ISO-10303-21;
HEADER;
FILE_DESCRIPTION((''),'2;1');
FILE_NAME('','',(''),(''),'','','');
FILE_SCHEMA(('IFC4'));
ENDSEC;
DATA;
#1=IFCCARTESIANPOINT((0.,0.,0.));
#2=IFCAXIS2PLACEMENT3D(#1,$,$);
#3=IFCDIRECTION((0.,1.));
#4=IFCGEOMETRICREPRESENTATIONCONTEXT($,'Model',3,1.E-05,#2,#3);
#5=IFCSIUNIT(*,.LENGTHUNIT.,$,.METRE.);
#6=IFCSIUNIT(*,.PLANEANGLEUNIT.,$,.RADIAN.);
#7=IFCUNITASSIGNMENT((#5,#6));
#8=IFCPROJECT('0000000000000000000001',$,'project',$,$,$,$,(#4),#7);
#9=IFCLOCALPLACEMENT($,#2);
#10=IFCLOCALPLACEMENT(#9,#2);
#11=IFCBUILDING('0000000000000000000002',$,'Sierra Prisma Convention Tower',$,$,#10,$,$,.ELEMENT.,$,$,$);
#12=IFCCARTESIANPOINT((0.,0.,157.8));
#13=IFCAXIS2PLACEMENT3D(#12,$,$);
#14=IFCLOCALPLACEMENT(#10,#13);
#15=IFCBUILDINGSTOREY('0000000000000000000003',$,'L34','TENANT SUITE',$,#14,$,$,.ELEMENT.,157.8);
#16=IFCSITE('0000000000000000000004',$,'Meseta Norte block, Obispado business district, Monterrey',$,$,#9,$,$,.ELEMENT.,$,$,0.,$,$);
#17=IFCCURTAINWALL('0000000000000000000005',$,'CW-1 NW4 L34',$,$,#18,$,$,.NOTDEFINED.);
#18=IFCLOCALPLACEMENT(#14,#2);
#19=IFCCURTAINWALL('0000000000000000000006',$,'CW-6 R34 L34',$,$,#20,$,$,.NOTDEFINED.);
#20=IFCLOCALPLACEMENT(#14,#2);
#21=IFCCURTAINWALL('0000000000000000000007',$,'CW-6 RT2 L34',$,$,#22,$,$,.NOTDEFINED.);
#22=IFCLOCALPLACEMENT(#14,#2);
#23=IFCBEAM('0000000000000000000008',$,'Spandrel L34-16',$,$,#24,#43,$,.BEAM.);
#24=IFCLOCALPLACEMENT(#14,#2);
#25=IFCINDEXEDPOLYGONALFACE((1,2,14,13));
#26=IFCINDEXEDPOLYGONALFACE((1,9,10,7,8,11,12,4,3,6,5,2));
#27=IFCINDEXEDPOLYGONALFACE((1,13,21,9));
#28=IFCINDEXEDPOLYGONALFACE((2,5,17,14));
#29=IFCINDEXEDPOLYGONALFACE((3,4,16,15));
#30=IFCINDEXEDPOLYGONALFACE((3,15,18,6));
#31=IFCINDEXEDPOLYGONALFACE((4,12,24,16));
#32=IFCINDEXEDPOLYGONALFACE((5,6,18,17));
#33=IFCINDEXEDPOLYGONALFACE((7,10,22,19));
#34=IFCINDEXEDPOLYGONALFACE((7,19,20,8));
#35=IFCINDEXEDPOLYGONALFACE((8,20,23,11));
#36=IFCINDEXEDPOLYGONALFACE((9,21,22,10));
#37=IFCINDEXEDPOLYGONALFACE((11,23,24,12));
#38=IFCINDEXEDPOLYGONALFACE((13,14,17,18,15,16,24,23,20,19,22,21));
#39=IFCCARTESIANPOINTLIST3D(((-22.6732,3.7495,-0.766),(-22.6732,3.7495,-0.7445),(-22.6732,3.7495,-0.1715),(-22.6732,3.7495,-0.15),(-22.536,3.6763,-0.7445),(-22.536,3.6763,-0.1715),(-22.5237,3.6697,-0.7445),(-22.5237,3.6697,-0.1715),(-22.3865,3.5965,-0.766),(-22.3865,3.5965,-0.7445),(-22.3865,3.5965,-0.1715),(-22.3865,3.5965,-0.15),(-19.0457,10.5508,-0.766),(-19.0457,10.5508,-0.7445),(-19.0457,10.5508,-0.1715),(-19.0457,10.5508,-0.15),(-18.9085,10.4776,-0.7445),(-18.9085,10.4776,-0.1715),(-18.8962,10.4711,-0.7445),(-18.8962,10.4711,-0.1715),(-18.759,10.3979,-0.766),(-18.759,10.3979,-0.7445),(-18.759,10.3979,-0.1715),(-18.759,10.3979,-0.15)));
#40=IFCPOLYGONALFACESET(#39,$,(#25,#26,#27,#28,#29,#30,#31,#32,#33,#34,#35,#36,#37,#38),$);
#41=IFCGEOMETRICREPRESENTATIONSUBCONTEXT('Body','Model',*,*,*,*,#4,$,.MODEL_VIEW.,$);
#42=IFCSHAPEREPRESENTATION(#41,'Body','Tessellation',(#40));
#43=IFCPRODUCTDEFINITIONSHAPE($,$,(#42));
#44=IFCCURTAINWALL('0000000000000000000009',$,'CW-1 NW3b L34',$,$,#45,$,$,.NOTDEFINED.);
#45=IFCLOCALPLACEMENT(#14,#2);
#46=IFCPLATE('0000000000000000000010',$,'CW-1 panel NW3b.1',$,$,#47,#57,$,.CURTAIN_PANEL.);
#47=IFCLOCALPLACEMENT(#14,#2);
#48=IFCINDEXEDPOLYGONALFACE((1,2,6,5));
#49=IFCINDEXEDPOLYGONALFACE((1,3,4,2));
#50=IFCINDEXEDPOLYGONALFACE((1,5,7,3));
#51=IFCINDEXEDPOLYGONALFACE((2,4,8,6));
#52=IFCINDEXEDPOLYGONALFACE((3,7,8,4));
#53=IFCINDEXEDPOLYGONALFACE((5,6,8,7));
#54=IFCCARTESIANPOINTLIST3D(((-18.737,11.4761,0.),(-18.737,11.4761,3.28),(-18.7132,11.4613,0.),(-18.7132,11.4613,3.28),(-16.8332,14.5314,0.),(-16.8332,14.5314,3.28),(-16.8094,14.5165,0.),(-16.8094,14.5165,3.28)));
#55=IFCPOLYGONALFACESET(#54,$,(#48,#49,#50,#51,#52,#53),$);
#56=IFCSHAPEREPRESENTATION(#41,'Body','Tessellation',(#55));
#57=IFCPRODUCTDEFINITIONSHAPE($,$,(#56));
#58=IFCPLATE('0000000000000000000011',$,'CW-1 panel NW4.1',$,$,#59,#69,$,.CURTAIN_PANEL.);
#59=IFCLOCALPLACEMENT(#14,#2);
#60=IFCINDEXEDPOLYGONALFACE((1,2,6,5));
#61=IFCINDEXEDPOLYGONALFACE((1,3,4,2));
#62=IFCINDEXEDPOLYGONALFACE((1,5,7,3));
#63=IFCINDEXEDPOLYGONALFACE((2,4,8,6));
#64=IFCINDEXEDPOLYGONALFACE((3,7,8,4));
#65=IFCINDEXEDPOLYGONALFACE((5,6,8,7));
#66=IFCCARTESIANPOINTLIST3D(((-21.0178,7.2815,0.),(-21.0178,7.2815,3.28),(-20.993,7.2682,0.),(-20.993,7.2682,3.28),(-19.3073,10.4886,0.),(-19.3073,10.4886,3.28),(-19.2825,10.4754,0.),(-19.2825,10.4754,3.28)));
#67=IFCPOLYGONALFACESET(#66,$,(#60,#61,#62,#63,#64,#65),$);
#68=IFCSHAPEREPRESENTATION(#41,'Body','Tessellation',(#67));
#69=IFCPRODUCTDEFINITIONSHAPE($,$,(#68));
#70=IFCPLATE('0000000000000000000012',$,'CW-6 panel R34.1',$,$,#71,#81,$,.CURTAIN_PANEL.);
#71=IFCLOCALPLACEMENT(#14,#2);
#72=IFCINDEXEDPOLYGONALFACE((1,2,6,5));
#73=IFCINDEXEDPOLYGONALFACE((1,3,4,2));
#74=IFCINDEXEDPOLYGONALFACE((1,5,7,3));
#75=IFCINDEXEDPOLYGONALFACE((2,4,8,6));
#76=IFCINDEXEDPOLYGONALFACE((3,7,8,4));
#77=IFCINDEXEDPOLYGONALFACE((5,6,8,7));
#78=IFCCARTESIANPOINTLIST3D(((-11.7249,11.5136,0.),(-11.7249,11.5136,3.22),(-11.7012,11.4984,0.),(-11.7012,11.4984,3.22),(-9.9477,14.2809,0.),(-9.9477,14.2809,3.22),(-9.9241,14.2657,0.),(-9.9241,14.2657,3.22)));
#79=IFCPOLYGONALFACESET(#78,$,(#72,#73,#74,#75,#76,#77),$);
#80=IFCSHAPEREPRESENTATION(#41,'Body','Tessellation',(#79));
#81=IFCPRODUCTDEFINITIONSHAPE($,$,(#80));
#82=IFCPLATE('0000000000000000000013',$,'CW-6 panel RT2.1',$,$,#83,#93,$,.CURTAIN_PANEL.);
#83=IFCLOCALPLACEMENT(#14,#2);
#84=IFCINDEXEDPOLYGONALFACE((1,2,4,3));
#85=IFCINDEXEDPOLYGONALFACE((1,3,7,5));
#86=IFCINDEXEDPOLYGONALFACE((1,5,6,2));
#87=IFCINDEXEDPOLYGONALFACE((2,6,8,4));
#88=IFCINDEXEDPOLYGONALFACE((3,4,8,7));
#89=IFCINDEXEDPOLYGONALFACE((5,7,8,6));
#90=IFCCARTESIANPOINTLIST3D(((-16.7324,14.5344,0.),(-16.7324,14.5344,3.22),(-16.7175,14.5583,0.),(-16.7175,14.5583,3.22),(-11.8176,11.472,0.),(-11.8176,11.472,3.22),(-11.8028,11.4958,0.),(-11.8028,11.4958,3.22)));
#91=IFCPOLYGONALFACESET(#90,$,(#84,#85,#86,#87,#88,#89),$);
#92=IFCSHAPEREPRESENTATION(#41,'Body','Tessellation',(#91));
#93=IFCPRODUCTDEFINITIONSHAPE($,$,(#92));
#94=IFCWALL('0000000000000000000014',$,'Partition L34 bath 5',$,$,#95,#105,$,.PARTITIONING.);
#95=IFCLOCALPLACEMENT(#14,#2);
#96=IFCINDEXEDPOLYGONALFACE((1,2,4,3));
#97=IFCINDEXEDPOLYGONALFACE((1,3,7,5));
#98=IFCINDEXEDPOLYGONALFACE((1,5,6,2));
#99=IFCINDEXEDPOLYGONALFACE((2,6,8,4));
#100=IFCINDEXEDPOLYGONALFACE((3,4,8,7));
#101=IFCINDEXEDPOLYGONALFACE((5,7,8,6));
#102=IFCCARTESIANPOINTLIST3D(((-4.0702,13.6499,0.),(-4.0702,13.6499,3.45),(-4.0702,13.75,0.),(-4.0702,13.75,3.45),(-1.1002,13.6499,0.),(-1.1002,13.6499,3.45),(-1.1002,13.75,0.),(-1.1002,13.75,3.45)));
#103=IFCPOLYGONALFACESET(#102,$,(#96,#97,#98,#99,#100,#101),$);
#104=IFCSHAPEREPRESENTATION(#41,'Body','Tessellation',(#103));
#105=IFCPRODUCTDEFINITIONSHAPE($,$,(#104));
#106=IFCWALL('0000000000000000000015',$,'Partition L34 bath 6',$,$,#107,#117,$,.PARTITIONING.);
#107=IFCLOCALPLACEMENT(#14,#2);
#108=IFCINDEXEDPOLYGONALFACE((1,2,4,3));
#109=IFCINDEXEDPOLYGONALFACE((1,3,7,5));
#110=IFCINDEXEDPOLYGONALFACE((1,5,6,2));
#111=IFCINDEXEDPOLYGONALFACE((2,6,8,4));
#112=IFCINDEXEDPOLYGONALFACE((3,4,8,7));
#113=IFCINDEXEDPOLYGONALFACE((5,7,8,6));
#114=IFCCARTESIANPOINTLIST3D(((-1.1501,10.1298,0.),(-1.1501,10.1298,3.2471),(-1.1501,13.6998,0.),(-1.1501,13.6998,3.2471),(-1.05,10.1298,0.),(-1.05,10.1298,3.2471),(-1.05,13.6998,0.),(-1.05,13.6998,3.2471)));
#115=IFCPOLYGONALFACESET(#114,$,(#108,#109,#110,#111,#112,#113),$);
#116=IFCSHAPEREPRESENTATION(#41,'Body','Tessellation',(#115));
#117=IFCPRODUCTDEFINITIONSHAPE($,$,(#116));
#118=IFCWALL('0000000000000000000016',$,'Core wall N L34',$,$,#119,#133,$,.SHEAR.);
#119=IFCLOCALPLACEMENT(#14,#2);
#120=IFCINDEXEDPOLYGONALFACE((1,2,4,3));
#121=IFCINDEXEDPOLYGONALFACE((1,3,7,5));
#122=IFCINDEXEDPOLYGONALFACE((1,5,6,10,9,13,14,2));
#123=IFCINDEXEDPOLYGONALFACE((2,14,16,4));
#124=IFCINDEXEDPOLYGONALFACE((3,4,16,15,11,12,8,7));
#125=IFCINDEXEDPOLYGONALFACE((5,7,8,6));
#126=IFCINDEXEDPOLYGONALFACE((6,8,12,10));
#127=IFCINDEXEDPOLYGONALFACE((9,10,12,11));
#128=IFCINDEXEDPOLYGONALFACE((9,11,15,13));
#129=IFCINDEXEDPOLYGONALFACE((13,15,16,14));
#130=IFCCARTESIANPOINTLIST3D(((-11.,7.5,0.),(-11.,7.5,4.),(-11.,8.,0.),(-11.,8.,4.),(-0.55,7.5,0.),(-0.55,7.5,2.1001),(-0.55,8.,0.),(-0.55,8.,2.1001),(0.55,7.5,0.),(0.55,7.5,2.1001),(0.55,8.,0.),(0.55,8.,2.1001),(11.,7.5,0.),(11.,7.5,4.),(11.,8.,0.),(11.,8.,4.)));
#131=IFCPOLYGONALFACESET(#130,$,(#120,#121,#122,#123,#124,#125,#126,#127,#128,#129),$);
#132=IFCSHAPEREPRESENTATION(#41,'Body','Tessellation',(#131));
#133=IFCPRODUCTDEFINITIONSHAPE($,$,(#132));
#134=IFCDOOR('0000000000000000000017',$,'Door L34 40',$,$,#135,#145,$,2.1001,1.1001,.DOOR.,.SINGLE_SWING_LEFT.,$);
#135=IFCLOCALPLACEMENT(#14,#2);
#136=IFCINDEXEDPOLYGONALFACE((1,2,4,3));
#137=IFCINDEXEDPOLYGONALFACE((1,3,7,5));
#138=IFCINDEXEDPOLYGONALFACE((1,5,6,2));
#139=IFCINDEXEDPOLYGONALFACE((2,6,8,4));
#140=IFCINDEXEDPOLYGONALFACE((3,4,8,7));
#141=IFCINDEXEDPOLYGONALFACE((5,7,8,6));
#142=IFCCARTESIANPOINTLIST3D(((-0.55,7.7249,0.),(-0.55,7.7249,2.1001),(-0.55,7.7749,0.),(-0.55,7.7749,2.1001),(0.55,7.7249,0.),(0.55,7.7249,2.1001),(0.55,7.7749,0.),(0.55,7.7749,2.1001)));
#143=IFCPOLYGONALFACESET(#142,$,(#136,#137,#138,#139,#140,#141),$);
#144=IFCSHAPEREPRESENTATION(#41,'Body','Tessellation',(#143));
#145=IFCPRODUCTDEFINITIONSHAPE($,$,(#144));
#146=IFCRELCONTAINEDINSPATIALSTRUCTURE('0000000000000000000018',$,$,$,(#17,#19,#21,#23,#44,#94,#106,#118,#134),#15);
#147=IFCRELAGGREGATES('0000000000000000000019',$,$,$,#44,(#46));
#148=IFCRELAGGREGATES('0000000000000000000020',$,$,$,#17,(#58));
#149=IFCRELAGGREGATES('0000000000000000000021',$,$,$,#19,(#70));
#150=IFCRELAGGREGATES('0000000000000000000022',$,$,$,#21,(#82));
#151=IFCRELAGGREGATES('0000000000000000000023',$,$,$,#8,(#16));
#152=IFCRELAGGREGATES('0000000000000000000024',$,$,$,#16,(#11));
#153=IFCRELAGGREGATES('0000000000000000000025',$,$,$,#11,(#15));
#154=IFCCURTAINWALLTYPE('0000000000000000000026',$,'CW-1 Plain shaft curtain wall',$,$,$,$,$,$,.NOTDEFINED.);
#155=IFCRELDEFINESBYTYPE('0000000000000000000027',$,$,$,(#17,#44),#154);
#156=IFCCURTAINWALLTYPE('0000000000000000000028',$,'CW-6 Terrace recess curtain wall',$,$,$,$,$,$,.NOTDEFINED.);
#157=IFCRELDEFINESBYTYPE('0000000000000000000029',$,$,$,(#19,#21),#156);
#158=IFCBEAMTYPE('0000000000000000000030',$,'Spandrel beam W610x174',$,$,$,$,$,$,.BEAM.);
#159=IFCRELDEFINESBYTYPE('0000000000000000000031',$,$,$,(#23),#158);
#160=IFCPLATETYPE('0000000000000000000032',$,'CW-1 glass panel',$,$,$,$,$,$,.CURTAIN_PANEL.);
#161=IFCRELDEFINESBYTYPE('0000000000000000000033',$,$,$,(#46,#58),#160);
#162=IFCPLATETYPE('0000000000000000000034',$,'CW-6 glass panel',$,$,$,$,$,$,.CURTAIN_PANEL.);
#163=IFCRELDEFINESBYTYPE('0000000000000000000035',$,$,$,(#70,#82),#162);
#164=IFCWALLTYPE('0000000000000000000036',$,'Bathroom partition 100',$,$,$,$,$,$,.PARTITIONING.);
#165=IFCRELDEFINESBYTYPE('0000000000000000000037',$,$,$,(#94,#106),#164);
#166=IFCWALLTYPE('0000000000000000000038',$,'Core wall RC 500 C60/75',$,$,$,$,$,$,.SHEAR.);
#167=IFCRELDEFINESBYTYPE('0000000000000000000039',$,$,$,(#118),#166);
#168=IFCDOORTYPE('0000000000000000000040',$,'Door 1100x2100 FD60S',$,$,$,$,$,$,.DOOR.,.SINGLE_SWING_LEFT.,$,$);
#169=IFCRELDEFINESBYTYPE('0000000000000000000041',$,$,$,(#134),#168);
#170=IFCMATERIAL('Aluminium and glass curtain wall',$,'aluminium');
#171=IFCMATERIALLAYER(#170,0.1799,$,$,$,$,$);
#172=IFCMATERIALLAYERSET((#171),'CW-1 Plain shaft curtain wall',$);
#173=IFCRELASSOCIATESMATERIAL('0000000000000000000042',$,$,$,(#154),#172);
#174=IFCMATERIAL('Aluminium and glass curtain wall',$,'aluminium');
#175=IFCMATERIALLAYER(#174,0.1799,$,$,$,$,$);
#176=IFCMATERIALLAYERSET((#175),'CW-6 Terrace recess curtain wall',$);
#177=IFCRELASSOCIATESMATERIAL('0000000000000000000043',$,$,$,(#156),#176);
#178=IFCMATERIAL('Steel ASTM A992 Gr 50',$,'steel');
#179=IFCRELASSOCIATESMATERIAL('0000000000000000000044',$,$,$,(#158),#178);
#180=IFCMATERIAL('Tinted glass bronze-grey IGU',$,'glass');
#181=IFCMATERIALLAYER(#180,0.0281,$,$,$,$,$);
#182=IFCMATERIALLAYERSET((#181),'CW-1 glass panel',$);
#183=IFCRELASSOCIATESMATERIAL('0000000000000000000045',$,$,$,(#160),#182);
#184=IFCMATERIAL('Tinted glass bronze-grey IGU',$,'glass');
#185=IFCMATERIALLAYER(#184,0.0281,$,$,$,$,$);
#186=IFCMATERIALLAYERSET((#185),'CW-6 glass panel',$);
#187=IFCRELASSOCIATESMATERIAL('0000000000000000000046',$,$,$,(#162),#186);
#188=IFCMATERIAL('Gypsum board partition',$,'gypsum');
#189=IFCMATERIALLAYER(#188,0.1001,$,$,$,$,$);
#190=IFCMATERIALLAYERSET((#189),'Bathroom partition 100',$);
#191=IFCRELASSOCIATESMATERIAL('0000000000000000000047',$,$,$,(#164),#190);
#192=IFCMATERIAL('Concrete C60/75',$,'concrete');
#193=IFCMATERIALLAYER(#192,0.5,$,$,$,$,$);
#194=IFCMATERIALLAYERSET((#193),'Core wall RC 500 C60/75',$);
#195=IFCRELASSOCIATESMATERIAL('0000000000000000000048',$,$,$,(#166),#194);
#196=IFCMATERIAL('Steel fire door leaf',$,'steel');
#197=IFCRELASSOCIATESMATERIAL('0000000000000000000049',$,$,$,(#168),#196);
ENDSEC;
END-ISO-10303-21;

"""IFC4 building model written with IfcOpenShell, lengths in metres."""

from ifc_helpers import new_model, si_unit, direction, frame, frame_2d, origin, origin_2d, place, context, subcontext, project, spatial, rectangle, i_section, extrude, material, layer, layer_set, material_profile, profile_set, type_object, element, fill, aggregate, save


model = new_model("IFC4")

# Units and contexts
model_context = context("Model", 3, precision=1e-05, world=origin(), true_north=direction((0.0, 1.0)))
body_context = subcontext(model_context, "Body", "Model", "MODEL_VIEW")
ifc_project = project(units=[si_unit("LENGTHUNIT", "METRE"), si_unit("PLANEANGLEUNIT", "RADIAN")], contexts=[model_context])

# Site, building, storey
site_placement = place(None, origin())
site = spatial("IfcSite", under=ifc_project, at=site_placement, Name="Meseta Norte block, Obispado business district, Monterrey", CompositionType="ELEMENT", RefElevation=0.0)
building_placement = place(site_placement, origin())
building = spatial("IfcBuilding", under=site, at=building_placement, Name="Sierra Prisma Convention Tower", CompositionType="ELEMENT")
storey_placement = place(building_placement, frame((0.0, 0.0, 157.8)))
storey = spatial("IfcBuildingStorey", under=building, at=storey_placement, Name="L34", Description="TENANT SUITE", CompositionType="ELEMENT", Elevation=157.8)

# Curtain wall
ifc_material_1 = material(Name="Aluminium and glass curtain wall", Category="aluminium")
ifc_layer_1 = layer(ifc_material_1, 0.1799)
ifc_layer_set_1 = layer_set([ifc_layer_1], Name="CW-1 Plain shaft curtain wall")
curtain_wall_type_1 = type_object("IfcCurtainWallType", Name="CW-1 Plain shaft curtain wall", PredefinedType="NOTDEFINED", material=ifc_layer_set_1)
curtain_wall_1_placement = place(storey_placement, origin())
curtain_wall_1 = element("IfcCurtainWall", 1, at=curtain_wall_1_placement, inside=storey, type_object=curtain_wall_type_1, Name="CW-1 NW4 L34", PredefinedType="NOTDEFINED")

# Curtain wall
ifc_material_2 = material(Name="Aluminium and glass curtain wall", Category="aluminium")
ifc_layer_2 = layer(ifc_material_2, 0.1799)
ifc_layer_set_2 = layer_set([ifc_layer_2], Name="CW-6 Terrace recess curtain wall")
curtain_wall_type_2 = type_object("IfcCurtainWallType", Name="CW-6 Terrace recess curtain wall", PredefinedType="NOTDEFINED", material=ifc_layer_set_2)
curtain_wall_2_placement = place(storey_placement, origin())
curtain_wall_2 = element("IfcCurtainWall", 2, at=curtain_wall_2_placement, inside=storey, type_object=curtain_wall_type_2, Name="CW-6 R34 L34", PredefinedType="NOTDEFINED")

# Curtain wall
curtain_wall_3_placement = place(storey_placement, origin())
curtain_wall_3 = element("IfcCurtainWall", 3, at=curtain_wall_3_placement, inside=storey, type_object=curtain_wall_type_2, Name="CW-6 RT2 L34", PredefinedType="NOTDEFINED")

# Beam
ifc_material_3 = material(Name="Steel ASTM A992 Gr 50", Category="steel")
ifc_material_profile_1 = material_profile(ifc_material_3, i_section(OverallWidth=0.325, OverallDepth=0.616, WebThickness=0.0139, FlangeThickness=0.0215, at=origin_2d()), Name="W610x174")
ifc_profile_set_1 = profile_set([ifc_material_profile_1], Name="Steel ASTM A992 Gr 50")
beam_type_1 = type_object("IfcBeamType", Name="Spandrel beam W610x174", PredefinedType="BEAM", material=ifc_profile_set_1)
beam_1_placement = place(storey_placement, frame((-18.9023, 10.4744, -0.458), z_axis=(-0.470598, -0.882348, 0.0), x_axis=(0.882348, -0.470598, 0.0)))
element("IfcBeam", 4, at=beam_1_placement, inside=storey, type_object=beam_type_1, Name="Spandrel L34-16", PredefinedType="BEAM", context=body_context, shape_type="SweptSolid", body=[
    extrude(i_section(OverallWidth=0.325, OverallDepth=0.616, WebThickness=0.0139, FlangeThickness=0.0215, at=origin_2d()), origin(), (0.0, 0.0, 1.0), 7.7083),
])

# Curtain wall, plate
curtain_wall_4_placement = place(storey_placement, origin())
curtain_wall_4 = element("IfcCurtainWall", 5, at=curtain_wall_4_placement, inside=storey, type_object=curtain_wall_type_1, Name="CW-1 NW3b L34", PredefinedType="NOTDEFINED")
ifc_material_4 = material(Name="Tinted glass bronze-grey IGU", Category="glass")
ifc_layer_3 = layer(ifc_material_4, 0.0281)
ifc_layer_set_3 = layer_set([ifc_layer_3], Name="CW-1 glass panel")
plate_type_1 = type_object("IfcPlateType", Name="CW-1 glass panel", PredefinedType="CURTAIN_PANEL", material=ifc_layer_set_3)
plate_1_placement = place(storey_placement, frame((-17.7732, 12.9963, 0.0), z_axis=(0.0, 0.0, 1.0), x_axis=(-0.528847, -0.848717, 0.0)))
plate_1 = element("IfcPlate", 6, at=plate_1_placement, type_object=plate_type_1, Name="CW-1 panel NW3b.1", PredefinedType="CURTAIN_PANEL", context=body_context, shape_type="SweptSolid", body=[
    extrude(rectangle(XDim=3.5999, YDim=0.0281, at=origin_2d()), origin(), (0.0, 0.0, 1.0), 3.28),
])
aggregate(curtain_wall_4, [plate_1])

# Plates
plate_2_placement = place(storey_placement, frame((-20.1501, 8.8784, 0.0), z_axis=(0.0, 0.0, 1.0), x_axis=(-0.470588, -0.882353, 0.0)))
plate_2 = element("IfcPlate", 7, at=plate_2_placement, type_object=plate_type_1, Name="CW-1 panel NW4.1", PredefinedType="CURTAIN_PANEL", context=body_context, shape_type="SweptSolid", body=[
    extrude(rectangle(XDim=3.6348, YDim=0.0281, at=origin_2d()), origin(), (0.0, 0.0, 1.0), 3.28),
])
aggregate(curtain_wall_1, [plate_2])
ifc_material_5 = material(Name="Tinted glass bronze-grey IGU", Category="glass")
ifc_layer_4 = layer(ifc_material_5, 0.0281)
ifc_layer_set_4 = layer_set([ifc_layer_4], Name="CW-6 glass panel")
plate_type_2 = type_object("IfcPlateType", Name="CW-6 glass panel", PredefinedType="CURTAIN_PANEL", material=ifc_layer_set_4)
plate_3_placement = place(storey_placement, frame((-10.8245, 12.8896, 0.0), z_axis=(0.0, 0.0, 1.0), x_axis=(-0.540365, -0.841431, 0.0)))
plate_3 = element("IfcPlate", 8, at=plate_3_placement, type_object=plate_type_2, Name="CW-6 panel R34.1", PredefinedType="CURTAIN_PANEL", context=body_context, shape_type="SweptSolid", body=[
    extrude(rectangle(XDim=3.2888, YDim=0.0281, at=origin_2d()), origin(), (0.0, 0.0, 1.0), 3.22),
])
aggregate(curtain_wall_2, [plate_3])
plate_4_placement = place(storey_placement, frame((-14.2676, 13.0151, 0.0), z_axis=(0.0, 0.0, 1.0), x_axis=(-0.848717, 0.528847, 0.0)))
plate_4 = element("IfcPlate", 9, at=plate_4_placement, type_object=plate_type_2, Name="CW-6 panel RT2.1", PredefinedType="CURTAIN_PANEL", context=body_context, shape_type="SweptSolid", body=[
    extrude(rectangle(XDim=5.7908, YDim=0.0281, at=origin_2d()), origin(), (0.0, 0.0, 1.0), 3.22),
])
aggregate(curtain_wall_3, [plate_4])

# Walls
ifc_material_6 = material(Name="Gypsum board partition", Category="gypsum")
ifc_layer_5 = layer(ifc_material_6, 0.1001)
ifc_layer_set_5 = layer_set([ifc_layer_5], Name="Bathroom partition 100")
wall_type_1 = type_object("IfcWallType", Name="Bathroom partition 100", PredefinedType="PARTITIONING", material=ifc_layer_set_5)
wall_1_placement = place(storey_placement, frame((-4.0701, 13.7, 0.0), z_axis=(0.0, 0.0, 1.0), x_axis=(1.0, 0.0, 0.0)))
element("IfcWall", 10, at=wall_1_placement, inside=storey, type_object=wall_type_1, Name="Partition L34 bath 5", PredefinedType="PARTITIONING", context=body_context, shape_type="SweptSolid", body=[
    extrude(rectangle(XDim=2.97, YDim=0.1001, at=frame_2d((1.4849, 0.0))), origin(), (0.0, 0.0, 1.0), 3.45),
])
wall_2_placement = place(storey_placement, frame((-1.1001, 13.7, 0.0), z_axis=(0.0, 0.0, 1.0), x_axis=(0.0, -1.0, 0.0)))
element("IfcWall", 11, at=wall_2_placement, inside=storey, type_object=wall_type_1, Name="Partition L34 bath 6", PredefinedType="PARTITIONING", context=body_context, shape_type="SweptSolid", body=[
    extrude(rectangle(XDim=3.5701, YDim=0.1001, at=frame_2d((1.7852, 0.0))), origin(), (0.0, 0.0, 1.0), 3.2471),
])

# Wall, opening, door
ifc_material_7 = material(Name="Concrete C60/75", Category="concrete")
ifc_layer_6 = layer(ifc_material_7, 0.5)
ifc_layer_set_6 = layer_set([ifc_layer_6], Name="Core wall RC 500 C60/75")
wall_type_2 = type_object("IfcWallType", Name="Core wall RC 500 C60/75", PredefinedType="SHEAR", material=ifc_layer_set_6)
wall_3_placement = place(storey_placement, frame((-11.0, 7.75, 0.0), z_axis=(0.0, 0.0, 1.0), x_axis=(1.0, 0.0, 0.0)))
wall_3 = element("IfcWall", 12, at=wall_3_placement, inside=storey, type_object=wall_type_2, Name="Core wall N L34", PredefinedType="SHEAR", context=body_context, shape_type="SweptSolid", body=[
    extrude(rectangle(XDim=22.0, YDim=0.5, at=frame_2d((11.0, 0.0))), origin(), (0.0, 0.0, 1.0), 4.0),
])
opening_1_placement = place(wall_3_placement, frame((10.45, 0.0, 0.0)))
opening_1 = element("IfcOpeningElement", 13, at=opening_1_placement, cuts=wall_3, PredefinedType="OPENING", context=body_context, shape_type="SweptSolid", body=[
    extrude(rectangle(XDim=1.1001, YDim=2.1001, at=frame_2d((0.55, 1.05))), frame((0.0, 0.25, 0.0), z_axis=(0.0, -1.0, 0.0), x_axis=(1.0, 0.0, 0.0)), (0.0, 0.0, 1.0), 0.5),
])
ifc_material_8 = material(Name="Steel fire door leaf", Category="steel")
door_type_1 = type_object("IfcDoorType", Name="Door 1100x2100 FD60S", OperationType="SINGLE_SWING_LEFT", PredefinedType="DOOR", material=ifc_material_8)
door_1_placement = place(opening_1_placement, origin())
door_1 = element("IfcDoor", 14, at=door_1_placement, inside=storey, type_object=door_type_1, Name="Door L34 40", OperationType="SINGLE_SWING_LEFT", OverallHeight=2.1001, OverallWidth=1.1001, PredefinedType="DOOR", context=body_context, shape_type="SweptSolid", body=[
    extrude(rectangle(XDim=1.1001, YDim=2.1001, at=frame_2d((0.55, 1.05))), frame((0.0, 0.0249, 0.0), z_axis=(0.0, -1.0, 0.0), x_axis=(1.0, 0.0, 0.0)), (0.0, 0.0, 1.0), 0.05),
])
fill(opening_1, door_1)

save(model, "model.ifc")
